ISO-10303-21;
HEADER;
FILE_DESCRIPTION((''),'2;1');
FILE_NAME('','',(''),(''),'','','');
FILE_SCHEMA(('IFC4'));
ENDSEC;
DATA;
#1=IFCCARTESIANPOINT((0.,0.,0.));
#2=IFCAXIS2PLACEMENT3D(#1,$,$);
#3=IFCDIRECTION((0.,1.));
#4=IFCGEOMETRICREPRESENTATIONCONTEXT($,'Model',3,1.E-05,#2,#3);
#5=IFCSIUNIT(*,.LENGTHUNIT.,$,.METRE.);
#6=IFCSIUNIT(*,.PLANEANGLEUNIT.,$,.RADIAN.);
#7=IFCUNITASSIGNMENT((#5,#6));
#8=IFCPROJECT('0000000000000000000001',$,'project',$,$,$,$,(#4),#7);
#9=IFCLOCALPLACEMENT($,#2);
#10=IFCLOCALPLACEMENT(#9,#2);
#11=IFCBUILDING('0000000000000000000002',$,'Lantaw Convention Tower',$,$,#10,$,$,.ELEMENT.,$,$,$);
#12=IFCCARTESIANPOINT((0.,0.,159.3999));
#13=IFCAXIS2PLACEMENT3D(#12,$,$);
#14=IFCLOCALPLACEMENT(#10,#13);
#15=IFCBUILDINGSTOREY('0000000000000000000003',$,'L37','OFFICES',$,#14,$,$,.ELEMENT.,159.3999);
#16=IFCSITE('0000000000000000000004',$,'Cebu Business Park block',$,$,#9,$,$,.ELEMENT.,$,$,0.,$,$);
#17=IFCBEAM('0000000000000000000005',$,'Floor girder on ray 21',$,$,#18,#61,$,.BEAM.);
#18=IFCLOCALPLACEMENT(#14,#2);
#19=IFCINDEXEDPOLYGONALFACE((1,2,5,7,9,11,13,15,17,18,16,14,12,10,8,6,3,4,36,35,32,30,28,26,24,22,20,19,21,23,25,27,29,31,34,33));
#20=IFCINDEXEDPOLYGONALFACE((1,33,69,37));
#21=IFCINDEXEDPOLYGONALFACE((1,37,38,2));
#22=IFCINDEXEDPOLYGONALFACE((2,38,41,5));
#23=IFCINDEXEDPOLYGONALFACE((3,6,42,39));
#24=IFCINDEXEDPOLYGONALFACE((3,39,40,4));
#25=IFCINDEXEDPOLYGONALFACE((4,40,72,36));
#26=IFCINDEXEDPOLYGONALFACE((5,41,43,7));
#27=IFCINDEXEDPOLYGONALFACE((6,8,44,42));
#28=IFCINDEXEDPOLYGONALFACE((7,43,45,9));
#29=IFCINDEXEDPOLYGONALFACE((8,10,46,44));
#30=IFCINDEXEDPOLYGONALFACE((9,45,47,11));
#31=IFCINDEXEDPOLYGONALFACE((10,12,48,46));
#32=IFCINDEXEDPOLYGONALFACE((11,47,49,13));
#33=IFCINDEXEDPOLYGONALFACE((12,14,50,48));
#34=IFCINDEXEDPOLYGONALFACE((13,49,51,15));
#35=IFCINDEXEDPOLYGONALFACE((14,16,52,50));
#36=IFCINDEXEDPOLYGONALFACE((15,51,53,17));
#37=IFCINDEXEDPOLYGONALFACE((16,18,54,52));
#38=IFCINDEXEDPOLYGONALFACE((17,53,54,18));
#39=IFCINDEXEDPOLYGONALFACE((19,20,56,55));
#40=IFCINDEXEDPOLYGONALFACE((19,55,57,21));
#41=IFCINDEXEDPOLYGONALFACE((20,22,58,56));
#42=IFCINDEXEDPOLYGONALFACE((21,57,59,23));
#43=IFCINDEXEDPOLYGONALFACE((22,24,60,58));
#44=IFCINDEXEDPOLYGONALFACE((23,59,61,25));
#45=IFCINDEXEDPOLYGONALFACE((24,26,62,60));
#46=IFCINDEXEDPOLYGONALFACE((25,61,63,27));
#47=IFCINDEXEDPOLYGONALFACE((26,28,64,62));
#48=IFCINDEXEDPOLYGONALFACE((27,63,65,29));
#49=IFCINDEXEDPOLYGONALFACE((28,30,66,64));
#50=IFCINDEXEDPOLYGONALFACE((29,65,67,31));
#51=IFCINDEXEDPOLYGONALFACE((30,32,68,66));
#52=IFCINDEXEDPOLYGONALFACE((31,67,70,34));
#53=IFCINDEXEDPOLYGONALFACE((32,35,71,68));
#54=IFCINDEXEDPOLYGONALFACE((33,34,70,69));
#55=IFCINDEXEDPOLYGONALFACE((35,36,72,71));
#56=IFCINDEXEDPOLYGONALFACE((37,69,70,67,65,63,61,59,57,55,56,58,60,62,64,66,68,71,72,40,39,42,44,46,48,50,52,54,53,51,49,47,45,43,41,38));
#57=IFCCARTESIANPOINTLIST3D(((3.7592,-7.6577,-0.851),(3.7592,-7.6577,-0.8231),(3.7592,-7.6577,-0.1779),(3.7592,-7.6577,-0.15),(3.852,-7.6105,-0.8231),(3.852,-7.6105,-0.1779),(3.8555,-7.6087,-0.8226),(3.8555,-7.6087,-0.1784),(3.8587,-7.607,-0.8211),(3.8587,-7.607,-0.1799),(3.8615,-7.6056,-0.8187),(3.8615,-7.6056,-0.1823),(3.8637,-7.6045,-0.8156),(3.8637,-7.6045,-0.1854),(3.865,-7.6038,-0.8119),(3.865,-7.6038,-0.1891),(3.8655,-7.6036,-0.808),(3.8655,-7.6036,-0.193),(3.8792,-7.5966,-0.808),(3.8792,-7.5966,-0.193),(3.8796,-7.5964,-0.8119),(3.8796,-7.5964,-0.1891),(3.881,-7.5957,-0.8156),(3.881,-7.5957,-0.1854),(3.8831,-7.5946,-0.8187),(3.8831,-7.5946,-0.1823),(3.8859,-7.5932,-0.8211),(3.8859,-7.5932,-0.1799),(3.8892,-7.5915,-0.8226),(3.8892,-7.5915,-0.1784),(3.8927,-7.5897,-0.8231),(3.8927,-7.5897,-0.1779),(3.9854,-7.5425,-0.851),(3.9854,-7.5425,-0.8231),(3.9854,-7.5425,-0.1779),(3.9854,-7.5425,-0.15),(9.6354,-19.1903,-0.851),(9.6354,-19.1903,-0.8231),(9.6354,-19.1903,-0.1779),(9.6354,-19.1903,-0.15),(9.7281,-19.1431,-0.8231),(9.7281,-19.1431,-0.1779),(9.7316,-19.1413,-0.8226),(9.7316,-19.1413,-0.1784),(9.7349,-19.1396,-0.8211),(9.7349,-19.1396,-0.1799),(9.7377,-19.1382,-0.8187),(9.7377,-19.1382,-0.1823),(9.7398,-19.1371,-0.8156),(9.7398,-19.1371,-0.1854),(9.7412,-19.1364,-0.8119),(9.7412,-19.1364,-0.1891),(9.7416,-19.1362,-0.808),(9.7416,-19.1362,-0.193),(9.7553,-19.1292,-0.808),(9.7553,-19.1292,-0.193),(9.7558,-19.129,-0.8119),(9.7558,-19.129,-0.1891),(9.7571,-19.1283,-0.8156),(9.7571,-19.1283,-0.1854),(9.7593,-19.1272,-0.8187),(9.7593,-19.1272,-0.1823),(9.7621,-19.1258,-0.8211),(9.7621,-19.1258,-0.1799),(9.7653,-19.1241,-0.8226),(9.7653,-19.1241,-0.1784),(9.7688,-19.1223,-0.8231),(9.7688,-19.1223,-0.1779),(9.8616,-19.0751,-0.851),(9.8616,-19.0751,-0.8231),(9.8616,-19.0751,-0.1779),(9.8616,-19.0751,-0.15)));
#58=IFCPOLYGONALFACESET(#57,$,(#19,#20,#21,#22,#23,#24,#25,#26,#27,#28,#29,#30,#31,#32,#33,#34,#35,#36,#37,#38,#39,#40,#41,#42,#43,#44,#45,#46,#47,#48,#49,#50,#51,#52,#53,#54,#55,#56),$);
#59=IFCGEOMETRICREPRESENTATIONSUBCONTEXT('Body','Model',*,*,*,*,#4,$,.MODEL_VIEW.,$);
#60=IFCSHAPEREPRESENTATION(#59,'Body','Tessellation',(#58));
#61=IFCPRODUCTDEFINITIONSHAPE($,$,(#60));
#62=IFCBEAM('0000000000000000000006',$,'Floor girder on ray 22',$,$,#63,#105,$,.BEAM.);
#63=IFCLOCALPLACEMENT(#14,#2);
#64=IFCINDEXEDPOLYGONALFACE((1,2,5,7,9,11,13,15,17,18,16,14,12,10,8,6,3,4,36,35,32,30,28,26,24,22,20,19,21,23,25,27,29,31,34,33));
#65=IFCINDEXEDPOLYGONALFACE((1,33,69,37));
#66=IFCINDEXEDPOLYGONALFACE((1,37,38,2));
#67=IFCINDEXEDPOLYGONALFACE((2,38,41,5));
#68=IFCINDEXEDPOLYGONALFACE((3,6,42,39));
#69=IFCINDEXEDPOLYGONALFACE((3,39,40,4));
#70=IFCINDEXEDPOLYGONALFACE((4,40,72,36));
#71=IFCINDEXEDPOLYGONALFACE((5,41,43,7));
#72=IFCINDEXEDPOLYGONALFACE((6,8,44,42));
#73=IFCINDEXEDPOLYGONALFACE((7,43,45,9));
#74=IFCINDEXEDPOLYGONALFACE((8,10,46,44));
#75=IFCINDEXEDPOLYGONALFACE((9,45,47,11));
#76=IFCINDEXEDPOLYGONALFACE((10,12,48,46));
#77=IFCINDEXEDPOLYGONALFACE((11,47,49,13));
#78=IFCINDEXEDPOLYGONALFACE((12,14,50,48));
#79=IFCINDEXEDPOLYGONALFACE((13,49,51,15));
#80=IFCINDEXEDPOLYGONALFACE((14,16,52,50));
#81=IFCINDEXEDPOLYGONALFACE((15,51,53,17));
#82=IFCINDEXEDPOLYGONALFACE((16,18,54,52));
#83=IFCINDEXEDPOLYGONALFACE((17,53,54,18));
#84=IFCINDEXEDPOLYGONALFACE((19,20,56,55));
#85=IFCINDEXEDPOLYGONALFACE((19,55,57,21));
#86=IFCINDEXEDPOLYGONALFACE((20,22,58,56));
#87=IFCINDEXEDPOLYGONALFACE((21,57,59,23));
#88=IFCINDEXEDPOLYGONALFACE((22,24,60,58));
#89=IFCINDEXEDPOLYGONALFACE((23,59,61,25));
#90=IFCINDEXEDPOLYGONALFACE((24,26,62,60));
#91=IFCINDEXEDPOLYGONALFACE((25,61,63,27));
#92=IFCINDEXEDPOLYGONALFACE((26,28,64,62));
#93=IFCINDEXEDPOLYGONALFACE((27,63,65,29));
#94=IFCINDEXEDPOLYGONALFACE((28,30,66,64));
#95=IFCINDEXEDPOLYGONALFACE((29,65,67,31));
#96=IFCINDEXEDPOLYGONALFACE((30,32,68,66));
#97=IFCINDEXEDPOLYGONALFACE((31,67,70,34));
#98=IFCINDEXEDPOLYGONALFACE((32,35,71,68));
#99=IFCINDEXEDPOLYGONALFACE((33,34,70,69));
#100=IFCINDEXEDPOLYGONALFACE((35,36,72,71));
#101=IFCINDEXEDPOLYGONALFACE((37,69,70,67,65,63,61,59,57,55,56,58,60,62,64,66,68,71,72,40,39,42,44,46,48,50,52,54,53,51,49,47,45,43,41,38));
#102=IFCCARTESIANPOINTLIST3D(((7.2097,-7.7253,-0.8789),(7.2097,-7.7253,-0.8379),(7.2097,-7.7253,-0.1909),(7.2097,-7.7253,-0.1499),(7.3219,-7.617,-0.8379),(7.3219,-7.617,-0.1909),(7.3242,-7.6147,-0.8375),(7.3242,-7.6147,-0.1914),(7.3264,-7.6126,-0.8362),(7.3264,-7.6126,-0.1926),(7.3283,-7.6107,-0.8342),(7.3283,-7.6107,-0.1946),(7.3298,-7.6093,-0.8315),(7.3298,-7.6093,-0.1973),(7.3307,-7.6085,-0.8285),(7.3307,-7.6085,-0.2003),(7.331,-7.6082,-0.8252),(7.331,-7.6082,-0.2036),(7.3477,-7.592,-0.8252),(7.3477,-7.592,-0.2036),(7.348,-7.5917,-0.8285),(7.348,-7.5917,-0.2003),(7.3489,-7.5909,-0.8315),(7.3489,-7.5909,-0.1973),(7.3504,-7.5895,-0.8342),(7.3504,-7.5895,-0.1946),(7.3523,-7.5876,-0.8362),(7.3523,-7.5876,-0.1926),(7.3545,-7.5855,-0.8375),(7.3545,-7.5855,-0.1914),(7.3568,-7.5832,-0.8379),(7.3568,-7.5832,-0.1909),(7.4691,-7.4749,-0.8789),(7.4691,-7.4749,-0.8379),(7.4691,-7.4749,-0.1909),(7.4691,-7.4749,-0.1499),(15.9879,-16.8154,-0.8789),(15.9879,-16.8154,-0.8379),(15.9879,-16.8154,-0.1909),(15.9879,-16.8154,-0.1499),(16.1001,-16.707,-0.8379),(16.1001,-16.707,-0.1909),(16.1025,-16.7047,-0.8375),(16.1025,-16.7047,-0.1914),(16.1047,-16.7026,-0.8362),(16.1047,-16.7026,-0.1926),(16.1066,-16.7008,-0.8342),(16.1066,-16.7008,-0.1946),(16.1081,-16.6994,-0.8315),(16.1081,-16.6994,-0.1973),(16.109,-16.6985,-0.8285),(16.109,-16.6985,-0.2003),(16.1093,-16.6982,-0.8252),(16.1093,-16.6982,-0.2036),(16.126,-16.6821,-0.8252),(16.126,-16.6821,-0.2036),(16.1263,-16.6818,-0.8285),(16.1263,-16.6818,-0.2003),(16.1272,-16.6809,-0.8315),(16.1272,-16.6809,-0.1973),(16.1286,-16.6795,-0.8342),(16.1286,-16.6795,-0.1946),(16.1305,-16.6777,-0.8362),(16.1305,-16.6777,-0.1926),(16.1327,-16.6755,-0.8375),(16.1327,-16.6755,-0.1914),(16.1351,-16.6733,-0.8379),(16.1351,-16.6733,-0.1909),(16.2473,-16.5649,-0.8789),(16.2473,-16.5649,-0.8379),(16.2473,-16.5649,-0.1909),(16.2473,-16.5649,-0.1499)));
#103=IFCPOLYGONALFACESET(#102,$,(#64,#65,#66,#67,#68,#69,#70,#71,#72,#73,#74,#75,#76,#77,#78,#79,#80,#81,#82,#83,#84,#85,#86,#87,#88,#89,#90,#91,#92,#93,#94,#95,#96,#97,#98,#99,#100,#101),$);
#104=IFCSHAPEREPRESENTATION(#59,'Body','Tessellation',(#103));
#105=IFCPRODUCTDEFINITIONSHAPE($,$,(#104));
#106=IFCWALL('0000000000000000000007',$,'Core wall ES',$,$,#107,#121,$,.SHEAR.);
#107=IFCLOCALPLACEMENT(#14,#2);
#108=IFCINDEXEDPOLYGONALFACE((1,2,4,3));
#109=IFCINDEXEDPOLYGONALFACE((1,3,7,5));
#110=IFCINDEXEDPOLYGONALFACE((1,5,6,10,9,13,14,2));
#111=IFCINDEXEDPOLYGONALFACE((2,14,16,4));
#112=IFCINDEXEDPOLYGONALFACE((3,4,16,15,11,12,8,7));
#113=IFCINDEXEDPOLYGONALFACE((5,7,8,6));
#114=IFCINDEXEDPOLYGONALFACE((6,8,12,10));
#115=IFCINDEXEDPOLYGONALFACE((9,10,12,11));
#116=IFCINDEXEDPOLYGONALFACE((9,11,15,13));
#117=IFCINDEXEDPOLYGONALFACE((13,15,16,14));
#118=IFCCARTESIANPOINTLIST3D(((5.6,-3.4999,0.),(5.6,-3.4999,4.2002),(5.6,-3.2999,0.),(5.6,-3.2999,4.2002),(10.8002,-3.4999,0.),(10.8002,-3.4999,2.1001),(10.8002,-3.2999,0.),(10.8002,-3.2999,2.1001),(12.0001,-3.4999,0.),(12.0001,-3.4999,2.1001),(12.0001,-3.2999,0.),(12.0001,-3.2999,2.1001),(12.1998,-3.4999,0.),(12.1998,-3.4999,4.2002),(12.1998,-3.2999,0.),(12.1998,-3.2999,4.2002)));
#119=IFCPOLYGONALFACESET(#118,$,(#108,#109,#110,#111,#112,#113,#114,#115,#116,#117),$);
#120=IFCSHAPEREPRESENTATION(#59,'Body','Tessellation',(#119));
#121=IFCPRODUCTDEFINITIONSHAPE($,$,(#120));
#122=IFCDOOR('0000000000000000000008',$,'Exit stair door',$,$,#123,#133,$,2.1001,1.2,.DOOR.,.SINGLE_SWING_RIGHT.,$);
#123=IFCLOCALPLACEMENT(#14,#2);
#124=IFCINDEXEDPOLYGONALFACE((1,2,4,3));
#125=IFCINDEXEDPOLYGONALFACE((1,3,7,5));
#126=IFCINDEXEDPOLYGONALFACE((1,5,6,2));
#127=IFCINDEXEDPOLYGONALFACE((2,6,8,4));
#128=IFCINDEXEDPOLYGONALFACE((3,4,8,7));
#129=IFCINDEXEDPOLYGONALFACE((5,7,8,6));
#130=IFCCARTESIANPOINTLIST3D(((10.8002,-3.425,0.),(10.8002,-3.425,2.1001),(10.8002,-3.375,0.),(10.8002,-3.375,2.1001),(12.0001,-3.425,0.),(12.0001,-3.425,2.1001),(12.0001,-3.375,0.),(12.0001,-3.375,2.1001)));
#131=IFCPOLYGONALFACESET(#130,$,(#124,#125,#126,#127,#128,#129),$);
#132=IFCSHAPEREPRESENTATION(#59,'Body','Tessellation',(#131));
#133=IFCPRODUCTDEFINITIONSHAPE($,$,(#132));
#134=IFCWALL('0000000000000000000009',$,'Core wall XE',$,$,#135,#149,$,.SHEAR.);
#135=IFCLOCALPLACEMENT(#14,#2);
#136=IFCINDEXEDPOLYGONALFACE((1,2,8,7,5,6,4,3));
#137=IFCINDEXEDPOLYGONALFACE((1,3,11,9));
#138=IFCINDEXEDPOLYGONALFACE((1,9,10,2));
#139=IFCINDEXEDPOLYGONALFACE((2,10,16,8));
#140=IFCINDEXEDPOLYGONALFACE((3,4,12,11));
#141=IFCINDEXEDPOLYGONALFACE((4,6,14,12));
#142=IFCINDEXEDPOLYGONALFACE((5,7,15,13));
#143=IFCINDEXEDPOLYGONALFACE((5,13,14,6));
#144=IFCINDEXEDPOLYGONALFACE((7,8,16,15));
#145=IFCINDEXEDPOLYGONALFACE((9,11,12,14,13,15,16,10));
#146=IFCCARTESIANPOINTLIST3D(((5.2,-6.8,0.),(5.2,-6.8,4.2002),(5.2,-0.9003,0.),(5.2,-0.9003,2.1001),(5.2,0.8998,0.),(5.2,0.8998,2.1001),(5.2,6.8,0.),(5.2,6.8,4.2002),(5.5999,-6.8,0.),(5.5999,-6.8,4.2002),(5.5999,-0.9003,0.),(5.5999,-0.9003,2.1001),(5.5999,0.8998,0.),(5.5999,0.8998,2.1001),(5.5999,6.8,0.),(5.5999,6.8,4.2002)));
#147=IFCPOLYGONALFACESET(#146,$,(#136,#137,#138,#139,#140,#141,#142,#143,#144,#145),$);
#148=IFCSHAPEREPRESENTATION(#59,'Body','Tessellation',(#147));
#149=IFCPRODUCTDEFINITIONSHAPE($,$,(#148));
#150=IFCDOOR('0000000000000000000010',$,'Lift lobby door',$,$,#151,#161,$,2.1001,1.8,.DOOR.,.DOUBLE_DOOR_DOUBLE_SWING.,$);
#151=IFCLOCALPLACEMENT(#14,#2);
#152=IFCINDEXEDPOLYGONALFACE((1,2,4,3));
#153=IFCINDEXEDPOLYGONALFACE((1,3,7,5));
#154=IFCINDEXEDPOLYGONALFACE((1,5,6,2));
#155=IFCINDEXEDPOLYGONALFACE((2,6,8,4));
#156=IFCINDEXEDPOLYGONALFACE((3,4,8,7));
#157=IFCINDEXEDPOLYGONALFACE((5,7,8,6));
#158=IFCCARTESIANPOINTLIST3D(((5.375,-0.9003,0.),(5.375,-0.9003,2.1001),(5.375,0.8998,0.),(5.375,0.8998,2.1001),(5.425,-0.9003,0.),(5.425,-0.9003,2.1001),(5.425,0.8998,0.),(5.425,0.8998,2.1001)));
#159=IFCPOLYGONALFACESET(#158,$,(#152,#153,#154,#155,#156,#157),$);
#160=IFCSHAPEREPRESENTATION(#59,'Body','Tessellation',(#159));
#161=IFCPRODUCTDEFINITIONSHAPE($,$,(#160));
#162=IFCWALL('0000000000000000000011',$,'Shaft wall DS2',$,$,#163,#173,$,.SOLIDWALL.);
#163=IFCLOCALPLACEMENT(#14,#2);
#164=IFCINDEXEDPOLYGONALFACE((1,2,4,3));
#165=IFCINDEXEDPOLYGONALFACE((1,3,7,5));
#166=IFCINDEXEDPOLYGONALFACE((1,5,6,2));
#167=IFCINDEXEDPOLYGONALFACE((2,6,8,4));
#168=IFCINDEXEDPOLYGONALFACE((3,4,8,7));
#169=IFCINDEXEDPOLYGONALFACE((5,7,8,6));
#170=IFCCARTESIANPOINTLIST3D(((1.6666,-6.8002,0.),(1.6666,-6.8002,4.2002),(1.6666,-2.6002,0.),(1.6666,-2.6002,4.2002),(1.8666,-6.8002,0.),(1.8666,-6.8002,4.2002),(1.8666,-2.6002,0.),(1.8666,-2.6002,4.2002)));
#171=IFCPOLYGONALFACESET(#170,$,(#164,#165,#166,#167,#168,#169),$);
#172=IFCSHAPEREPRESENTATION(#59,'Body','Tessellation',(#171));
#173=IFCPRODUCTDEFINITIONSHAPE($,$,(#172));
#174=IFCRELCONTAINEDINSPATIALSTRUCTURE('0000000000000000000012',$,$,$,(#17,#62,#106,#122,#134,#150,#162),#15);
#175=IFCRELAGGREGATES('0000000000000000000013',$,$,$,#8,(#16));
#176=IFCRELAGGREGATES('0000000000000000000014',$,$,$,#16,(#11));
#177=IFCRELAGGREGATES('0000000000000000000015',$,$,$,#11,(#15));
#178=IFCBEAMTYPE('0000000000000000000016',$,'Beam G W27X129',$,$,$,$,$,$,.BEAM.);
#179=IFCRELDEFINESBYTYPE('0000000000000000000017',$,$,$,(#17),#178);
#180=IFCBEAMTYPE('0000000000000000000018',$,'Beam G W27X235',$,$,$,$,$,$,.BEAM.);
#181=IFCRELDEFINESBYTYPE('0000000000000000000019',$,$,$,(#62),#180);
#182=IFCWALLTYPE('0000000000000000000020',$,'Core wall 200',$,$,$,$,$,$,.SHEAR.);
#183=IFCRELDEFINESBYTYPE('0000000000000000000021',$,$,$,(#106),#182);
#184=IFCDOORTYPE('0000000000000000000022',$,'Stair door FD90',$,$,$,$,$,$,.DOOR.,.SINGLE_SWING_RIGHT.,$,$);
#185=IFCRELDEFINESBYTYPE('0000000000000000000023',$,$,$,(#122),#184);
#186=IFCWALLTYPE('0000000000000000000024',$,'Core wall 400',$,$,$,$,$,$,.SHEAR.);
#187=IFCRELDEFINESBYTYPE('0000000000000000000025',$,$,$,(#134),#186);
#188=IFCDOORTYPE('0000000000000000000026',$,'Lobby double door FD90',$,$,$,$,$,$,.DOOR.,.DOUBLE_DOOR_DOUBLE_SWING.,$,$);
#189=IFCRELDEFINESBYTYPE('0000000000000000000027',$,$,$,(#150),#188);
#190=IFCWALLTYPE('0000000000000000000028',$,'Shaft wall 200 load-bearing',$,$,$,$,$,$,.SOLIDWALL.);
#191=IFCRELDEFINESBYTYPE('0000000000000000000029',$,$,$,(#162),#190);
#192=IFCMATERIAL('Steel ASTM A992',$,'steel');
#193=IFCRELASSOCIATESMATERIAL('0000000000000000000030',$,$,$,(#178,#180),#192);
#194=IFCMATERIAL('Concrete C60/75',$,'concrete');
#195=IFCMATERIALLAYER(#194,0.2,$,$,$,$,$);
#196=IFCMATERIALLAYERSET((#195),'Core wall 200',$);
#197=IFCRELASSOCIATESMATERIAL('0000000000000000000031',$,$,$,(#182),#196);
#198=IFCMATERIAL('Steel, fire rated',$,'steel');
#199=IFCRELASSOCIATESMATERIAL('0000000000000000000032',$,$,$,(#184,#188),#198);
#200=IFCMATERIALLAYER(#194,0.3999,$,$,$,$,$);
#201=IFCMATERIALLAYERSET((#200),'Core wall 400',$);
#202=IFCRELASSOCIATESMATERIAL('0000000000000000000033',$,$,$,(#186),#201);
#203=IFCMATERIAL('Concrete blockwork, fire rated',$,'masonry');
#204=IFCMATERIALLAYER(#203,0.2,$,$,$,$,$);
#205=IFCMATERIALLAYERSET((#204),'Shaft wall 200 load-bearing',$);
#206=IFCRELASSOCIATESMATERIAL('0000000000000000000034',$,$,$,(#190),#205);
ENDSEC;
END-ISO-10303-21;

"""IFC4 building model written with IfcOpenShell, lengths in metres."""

from ifc_helpers import new_model, si_unit, direction, frame, frame_2d, origin, origin_2d, place, context, subcontext, project, spatial, rectangle, i_section, extrude, material, layer, layer_set, material_profile, profile_set, type_object, element, fill, save


model = new_model("IFC4")

# Units and contexts
model_context = context("Model", 3, precision=1e-05, world=origin(), true_north=direction((0.0, 1.0)))
body_context = subcontext(model_context, "Body", "Model", "MODEL_VIEW")
ifc_project = project(units=[si_unit("LENGTHUNIT", "METRE"), si_unit("PLANEANGLEUNIT", "RADIAN")], contexts=[model_context])

# Site, building, storey
site_placement = place(None, origin())
site = spatial("IfcSite", under=ifc_project, at=site_placement, Name="Cebu Business Park block", CompositionType="ELEMENT", RefElevation=0.0)
building_placement = place(site_placement, origin())
building = spatial("IfcBuilding", under=site, at=building_placement, Name="Lantaw Convention Tower", CompositionType="ELEMENT")
storey_placement = place(building_placement, frame((0.0, 0.0, 159.3999)))
storey = spatial("IfcBuildingStorey", under=building, at=storey_placement, Name="L37", Description="OFFICES", CompositionType="ELEMENT", Elevation=159.3999)

# Beams
ifc_material_1 = material(Name="Steel ASTM A992", Category="steel")
ifc_material_profile_1 = material_profile(ifc_material_1, i_section(OverallWidth=0.2539, OverallDepth=0.7009, WebThickness=0.0154, FlangeThickness=0.0278, FilletRadius=0.0151, at=origin_2d()), Name="W27X129")
ifc_profile_set_1 = profile_set([ifc_material_profile_1], Name="Steel ASTM A992")
beam_type_1 = type_object("IfcBeamType", Name="Beam G W27X129", PredefinedType="BEAM", material=ifc_profile_set_1)
beam_1_placement = place(storey_placement, frame((3.8723, -7.6001, -0.5005), z_axis=(0.453991, -0.891006, 0.0), x_axis=(0.891006, 0.453991, 0.0)))
element("IfcBeam", 1, at=beam_1_placement, inside=storey, type_object=beam_type_1, Name="Floor girder on ray 21", PredefinedType="BEAM", context=body_context, shape_type="SweptSolid", body=[
    extrude(i_section(OverallWidth=0.2539, OverallDepth=0.7009, WebThickness=0.0154, FlangeThickness=0.0278, FilletRadius=0.0151, at=origin_2d()), origin(), (0.0, 0.0, 1.0), 12.9434),
])
ifc_material_profile_2 = material_profile(ifc_material_1, i_section(OverallWidth=0.3606, OverallDepth=0.729, WebThickness=0.0232, FlangeThickness=0.041, FilletRadius=0.0127, at=origin_2d()), Name="W27X235")
ifc_profile_set_2 = profile_set([ifc_material_profile_2], Name="Steel ASTM A992")
beam_type_2 = type_object("IfcBeamType", Name="Beam G W27X235", PredefinedType="BEAM", material=ifc_profile_set_2)
beam_2_placement = place(storey_placement, frame((7.3394, -7.6001, -0.5144), z_axis=(0.694663, -0.719335, 0.0), x_axis=(0.719335, 0.694663, 0.0)))
element("IfcBeam", 2, at=beam_2_placement, inside=storey, type_object=beam_type_2, Name="Floor girder on ray 22", PredefinedType="BEAM", context=body_context, shape_type="SweptSolid", body=[
    extrude(i_section(OverallWidth=0.3606, OverallDepth=0.729, WebThickness=0.0232, FlangeThickness=0.041, FilletRadius=0.0127, at=origin_2d()), origin(), (0.0, 0.0, 1.0), 12.6367),
])

# Walls, openings, doors
ifc_material_2 = material(Name="Concrete C60/75", Category="concrete")
ifc_layer_1 = layer(ifc_material_2, 0.2)
ifc_layer_set_1 = layer_set([ifc_layer_1], Name="Core wall 200")
wall_type_1 = type_object("IfcWallType", Name="Core wall 200", PredefinedType="SHEAR", material=ifc_layer_set_1)
wall_1_placement = place(storey_placement, frame((5.6001, -3.3999, 0.0), z_axis=(0.0, 0.0, 1.0), x_axis=(1.0, 0.0, 0.0)))
wall_1 = element("IfcWall", 3, at=wall_1_placement, inside=storey, type_object=wall_type_1, Name="Core wall ES", PredefinedType="SHEAR", context=body_context, shape_type="SweptSolid", body=[
    extrude(rectangle(XDim=6.5999, YDim=0.2, at=frame_2d((3.2998, 0.0))), origin(), (0.0, 0.0, 1.0), 4.2002),
])
opening_1_placement = place(wall_1_placement, frame((5.2, 0.0, 0.0)))
opening_1 = element("IfcOpeningElement", 4, at=opening_1_placement, cuts=wall_1, PredefinedType="OPENING", context=body_context, shape_type="SweptSolid", body=[
    extrude(rectangle(XDim=1.2, YDim=2.1001, at=frame_2d((0.6001, 1.05))), frame((0.0, 0.1099, 0.0), z_axis=(0.0, -1.0, 0.0), x_axis=(1.0, 0.0, 0.0)), (0.0, 0.0, 1.0), 0.22),
])
ifc_material_3 = material(Name="Steel, fire rated", Category="steel")
door_type_1 = type_object("IfcDoorType", Name="Stair door FD90", OperationType="SINGLE_SWING_RIGHT", PredefinedType="DOOR", material=ifc_material_3)
door_1_placement = place(opening_1_placement, origin())
door_1 = element("IfcDoor", 5, at=door_1_placement, inside=storey, type_object=door_type_1, Name="Exit stair door", OperationType="SINGLE_SWING_RIGHT", OverallHeight=2.1001, OverallWidth=1.2, PredefinedType="DOOR", context=body_context, shape_type="SweptSolid", body=[
    extrude(rectangle(XDim=1.2, YDim=2.1001, at=frame_2d((0.6001, 1.05))), frame((0.0, 0.0249, 0.0), z_axis=(0.0, -1.0, 0.0), x_axis=(1.0, 0.0, 0.0)), (0.0, 0.0, 1.0), 0.05),
])
fill(opening_1, door_1)
ifc_layer_2 = layer(ifc_material_2, 0.3999)
ifc_layer_set_2 = layer_set([ifc_layer_2], Name="Core wall 400")
wall_type_2 = type_object("IfcWallType", Name="Core wall 400", PredefinedType="SHEAR", material=ifc_layer_set_2)
wall_2_placement = place(storey_placement, frame((5.3999, -6.8, 0.0), z_axis=(0.0, 0.0, 1.0), x_axis=(0.0, 1.0, 0.0)))
wall_2 = element("IfcWall", 6, at=wall_2_placement, inside=storey, type_object=wall_type_2, Name="Core wall XE", PredefinedType="SHEAR", context=body_context, shape_type="SweptSolid", body=[
    extrude(rectangle(XDim=13.6001, YDim=0.3999, at=frame_2d((6.8, 0.0))), origin(), (0.0, 0.0, 1.0), 4.2002),
])
opening_2_placement = place(wall_2_placement, frame((5.8999, 0.0, 0.0)))
opening_2 = element("IfcOpeningElement", 7, at=opening_2_placement, cuts=wall_2, PredefinedType="OPENING", context=body_context, shape_type="SweptSolid", body=[
    extrude(rectangle(XDim=1.8, YDim=2.1001, at=frame_2d((0.8999, 1.05))), frame((0.0, 0.21, 0.0), z_axis=(0.0, -1.0, 0.0), x_axis=(1.0, 0.0, 0.0)), (0.0, 0.0, 1.0), 0.4199),
])
door_type_2 = type_object("IfcDoorType", Name="Lobby double door FD90", OperationType="DOUBLE_DOOR_DOUBLE_SWING", PredefinedType="DOOR", material=ifc_material_3)
door_2_placement = place(opening_2_placement, origin())
door_2 = element("IfcDoor", 8, at=door_2_placement, inside=storey, type_object=door_type_2, Name="Lift lobby door", OperationType="DOUBLE_DOOR_DOUBLE_SWING", OverallHeight=2.1001, OverallWidth=1.8, PredefinedType="DOOR", context=body_context, shape_type="SweptSolid", body=[
    extrude(rectangle(XDim=1.8, YDim=2.1001, at=frame_2d((0.8999, 1.05))), frame((0.0, 0.0249, 0.0), z_axis=(0.0, -1.0, 0.0), x_axis=(1.0, 0.0, 0.0)), (0.0, 0.0, 1.0), 0.05),
])
fill(opening_2, door_2)

# Wall
ifc_material_4 = material(Name="Concrete blockwork, fire rated", Category="masonry")
ifc_layer_3 = layer(ifc_material_4, 0.2)
ifc_layer_set_3 = layer_set([ifc_layer_3], Name="Shaft wall 200 load-bearing")
wall_type_3 = type_object("IfcWallType", Name="Shaft wall 200 load-bearing", PredefinedType="SOLIDWALL", material=ifc_layer_set_3)
wall_3_placement = place(storey_placement, frame((1.7666, -2.6001, 0.0), z_axis=(0.0, 0.0, 1.0), x_axis=(0.0, -1.0, 0.0)))
element("IfcWall", 9, at=wall_3_placement, inside=storey, type_object=wall_type_3, Name="Shaft wall DS2", PredefinedType="SOLIDWALL", context=body_context, shape_type="SweptSolid", body=[
    extrude(rectangle(XDim=4.2, YDim=0.2, at=frame_2d((2.1001, 0.0))), origin(), (0.0, 0.0, 1.0), 4.2002),
])

save(model, "model.ifc")
